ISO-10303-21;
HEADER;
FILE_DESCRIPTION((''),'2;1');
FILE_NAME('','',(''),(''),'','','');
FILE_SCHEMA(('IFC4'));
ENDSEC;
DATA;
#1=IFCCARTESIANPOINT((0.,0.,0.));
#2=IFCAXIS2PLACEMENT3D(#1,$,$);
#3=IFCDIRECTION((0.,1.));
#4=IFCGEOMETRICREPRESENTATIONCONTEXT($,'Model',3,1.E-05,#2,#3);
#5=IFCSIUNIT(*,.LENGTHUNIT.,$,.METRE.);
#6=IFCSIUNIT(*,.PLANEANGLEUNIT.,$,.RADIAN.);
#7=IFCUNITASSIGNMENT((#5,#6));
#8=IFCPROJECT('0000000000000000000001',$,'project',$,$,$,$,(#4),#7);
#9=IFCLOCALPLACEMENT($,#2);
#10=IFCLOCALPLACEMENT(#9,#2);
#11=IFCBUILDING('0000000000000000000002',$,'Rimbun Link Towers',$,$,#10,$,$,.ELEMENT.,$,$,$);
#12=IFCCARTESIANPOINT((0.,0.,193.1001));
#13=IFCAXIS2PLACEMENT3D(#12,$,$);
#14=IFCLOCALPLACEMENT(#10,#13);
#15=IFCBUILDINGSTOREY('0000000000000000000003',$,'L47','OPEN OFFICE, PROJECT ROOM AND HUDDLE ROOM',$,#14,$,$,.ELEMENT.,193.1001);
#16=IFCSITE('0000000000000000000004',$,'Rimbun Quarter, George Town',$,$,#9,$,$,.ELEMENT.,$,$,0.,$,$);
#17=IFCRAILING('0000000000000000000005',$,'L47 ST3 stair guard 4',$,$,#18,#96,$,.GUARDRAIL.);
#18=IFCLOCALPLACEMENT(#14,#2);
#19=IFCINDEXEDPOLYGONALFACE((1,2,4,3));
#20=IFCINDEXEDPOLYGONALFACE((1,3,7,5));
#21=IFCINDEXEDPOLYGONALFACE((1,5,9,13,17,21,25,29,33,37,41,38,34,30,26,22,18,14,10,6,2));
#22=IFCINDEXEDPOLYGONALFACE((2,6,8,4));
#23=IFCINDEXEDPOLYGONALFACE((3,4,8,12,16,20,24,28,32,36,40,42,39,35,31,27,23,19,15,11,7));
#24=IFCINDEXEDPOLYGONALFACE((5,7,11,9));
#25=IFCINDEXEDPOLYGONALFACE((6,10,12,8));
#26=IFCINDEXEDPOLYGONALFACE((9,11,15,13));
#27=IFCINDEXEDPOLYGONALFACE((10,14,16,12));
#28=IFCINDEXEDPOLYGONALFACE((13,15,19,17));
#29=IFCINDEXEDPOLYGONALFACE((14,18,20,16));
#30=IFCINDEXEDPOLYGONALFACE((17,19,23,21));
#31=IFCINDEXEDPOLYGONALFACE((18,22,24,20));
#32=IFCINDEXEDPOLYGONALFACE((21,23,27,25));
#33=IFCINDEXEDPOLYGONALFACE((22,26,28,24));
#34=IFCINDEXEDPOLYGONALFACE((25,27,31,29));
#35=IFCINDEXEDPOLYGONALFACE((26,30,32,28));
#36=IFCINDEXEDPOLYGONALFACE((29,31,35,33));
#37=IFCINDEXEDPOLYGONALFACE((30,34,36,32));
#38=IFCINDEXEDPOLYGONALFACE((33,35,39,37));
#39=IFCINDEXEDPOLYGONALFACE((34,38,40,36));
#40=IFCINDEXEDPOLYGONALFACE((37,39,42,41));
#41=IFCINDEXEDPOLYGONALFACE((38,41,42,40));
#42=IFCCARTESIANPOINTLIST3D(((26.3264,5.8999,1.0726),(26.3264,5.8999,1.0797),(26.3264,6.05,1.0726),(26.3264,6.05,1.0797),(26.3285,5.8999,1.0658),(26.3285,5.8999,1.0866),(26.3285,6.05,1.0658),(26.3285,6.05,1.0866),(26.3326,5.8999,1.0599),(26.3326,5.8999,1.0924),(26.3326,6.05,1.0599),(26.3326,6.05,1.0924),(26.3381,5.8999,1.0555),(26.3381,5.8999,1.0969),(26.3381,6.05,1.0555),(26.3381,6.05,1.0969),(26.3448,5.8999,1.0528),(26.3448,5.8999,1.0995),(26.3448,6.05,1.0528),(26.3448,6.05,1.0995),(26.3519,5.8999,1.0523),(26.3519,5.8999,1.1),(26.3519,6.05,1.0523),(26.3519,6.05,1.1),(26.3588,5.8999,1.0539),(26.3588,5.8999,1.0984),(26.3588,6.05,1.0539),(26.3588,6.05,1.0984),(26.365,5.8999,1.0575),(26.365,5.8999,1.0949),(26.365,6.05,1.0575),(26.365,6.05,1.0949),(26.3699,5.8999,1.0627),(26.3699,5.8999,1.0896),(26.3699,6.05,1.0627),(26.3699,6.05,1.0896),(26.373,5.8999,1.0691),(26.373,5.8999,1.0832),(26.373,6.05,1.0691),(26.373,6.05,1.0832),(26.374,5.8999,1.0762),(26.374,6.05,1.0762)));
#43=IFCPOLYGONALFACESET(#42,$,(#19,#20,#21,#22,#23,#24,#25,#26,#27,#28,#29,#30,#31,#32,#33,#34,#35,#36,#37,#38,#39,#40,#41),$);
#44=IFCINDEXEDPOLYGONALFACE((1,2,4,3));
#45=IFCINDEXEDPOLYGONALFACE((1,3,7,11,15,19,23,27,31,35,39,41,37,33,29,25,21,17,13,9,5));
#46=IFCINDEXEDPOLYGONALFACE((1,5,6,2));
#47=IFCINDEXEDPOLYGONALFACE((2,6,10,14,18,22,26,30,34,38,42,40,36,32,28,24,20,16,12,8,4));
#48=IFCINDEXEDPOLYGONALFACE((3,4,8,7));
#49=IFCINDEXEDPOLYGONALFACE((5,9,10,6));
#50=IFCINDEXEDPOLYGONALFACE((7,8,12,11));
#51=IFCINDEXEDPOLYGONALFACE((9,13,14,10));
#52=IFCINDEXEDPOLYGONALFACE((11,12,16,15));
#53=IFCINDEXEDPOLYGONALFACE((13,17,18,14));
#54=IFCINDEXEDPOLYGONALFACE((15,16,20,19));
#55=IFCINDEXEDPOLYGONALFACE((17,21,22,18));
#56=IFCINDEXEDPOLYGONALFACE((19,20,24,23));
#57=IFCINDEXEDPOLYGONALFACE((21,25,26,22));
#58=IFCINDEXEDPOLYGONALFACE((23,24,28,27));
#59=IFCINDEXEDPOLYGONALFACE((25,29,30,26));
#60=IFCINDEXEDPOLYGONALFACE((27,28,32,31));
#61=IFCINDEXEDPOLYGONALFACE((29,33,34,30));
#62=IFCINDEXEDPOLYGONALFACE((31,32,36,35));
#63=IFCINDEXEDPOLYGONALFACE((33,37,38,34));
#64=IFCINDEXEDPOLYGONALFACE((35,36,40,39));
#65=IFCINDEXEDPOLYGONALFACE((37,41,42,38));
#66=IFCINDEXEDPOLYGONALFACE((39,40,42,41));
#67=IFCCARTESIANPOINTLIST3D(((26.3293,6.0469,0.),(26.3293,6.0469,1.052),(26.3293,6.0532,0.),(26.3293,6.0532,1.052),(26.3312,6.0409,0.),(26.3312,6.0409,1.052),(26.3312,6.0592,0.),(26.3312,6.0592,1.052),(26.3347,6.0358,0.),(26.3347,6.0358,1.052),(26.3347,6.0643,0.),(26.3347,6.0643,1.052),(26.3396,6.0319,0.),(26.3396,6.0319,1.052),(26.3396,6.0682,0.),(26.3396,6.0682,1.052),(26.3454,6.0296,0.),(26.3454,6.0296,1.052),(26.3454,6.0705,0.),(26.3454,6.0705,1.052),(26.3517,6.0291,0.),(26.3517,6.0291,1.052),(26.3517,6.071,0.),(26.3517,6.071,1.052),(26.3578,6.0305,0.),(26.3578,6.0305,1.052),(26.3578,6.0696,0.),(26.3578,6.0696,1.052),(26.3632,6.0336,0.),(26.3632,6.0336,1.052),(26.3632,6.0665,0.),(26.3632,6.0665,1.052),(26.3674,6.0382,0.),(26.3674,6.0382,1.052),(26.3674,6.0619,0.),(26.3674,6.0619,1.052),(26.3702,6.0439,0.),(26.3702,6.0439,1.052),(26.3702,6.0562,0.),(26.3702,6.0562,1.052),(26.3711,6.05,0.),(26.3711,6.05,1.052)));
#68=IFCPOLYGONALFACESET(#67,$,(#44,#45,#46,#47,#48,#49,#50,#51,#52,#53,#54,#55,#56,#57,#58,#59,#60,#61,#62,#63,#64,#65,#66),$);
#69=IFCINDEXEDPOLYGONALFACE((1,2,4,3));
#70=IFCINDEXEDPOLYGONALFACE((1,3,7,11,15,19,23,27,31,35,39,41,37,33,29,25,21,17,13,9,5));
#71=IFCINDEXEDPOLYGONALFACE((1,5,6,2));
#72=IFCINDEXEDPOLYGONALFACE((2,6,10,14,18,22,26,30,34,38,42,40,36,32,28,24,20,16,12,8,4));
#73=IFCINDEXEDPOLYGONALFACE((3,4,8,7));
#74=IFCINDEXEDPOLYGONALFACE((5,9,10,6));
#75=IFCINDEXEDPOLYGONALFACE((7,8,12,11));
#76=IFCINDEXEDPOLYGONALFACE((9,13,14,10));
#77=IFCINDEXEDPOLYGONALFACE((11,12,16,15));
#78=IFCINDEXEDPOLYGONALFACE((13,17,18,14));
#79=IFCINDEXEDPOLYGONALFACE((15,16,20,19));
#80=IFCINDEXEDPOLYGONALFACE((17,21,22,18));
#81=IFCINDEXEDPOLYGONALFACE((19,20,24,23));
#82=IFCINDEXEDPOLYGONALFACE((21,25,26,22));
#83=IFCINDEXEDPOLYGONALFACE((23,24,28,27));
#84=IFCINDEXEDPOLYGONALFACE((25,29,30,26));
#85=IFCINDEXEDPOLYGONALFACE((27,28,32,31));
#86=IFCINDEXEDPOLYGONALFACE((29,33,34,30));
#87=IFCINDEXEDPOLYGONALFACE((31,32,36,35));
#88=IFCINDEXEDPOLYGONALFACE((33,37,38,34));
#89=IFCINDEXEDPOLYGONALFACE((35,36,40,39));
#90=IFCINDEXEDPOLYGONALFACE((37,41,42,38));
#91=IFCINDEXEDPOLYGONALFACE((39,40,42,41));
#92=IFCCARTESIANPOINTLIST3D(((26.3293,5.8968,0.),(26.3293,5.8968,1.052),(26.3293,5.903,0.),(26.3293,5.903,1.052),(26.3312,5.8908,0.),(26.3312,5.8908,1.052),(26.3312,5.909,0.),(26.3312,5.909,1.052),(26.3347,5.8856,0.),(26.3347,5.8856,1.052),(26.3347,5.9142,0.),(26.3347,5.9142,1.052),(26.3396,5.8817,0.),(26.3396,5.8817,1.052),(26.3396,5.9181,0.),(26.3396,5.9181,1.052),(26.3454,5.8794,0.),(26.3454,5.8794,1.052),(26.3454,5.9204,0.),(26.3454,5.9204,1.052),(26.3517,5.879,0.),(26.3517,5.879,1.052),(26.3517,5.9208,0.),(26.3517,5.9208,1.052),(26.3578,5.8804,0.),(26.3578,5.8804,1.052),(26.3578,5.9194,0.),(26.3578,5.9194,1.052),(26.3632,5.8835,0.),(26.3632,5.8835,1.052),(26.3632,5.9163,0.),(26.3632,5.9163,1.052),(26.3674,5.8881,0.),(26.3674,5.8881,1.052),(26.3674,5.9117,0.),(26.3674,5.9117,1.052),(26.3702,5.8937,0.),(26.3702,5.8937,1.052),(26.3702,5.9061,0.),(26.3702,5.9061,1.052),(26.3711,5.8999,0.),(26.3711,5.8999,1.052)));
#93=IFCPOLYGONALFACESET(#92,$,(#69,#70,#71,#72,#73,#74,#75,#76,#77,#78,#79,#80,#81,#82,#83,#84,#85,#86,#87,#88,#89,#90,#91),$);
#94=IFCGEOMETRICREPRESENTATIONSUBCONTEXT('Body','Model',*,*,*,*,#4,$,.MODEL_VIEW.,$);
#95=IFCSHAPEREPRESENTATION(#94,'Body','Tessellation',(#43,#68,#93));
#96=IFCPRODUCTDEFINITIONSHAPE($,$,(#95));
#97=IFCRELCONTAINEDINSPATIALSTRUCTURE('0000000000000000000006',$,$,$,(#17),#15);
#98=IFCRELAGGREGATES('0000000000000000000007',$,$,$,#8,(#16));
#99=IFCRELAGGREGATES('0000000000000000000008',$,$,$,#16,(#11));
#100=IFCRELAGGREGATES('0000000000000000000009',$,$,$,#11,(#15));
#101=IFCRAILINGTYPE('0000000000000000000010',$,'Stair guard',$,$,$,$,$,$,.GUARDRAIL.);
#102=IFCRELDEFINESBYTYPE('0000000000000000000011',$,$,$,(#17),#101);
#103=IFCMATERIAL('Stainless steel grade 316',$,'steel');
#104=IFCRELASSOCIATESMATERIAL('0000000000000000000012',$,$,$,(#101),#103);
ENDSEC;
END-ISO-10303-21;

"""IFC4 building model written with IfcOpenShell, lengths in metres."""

from ifc_helpers import new_model, si_unit, direction, frame, origin, origin_2d, place, context, subcontext, project, spatial, circle, extrude, material, type_object, element, save


model = new_model("IFC4")

# Units and contexts
model_context = context("Model", 3, precision=1e-05, world=origin(), true_north=direction((0.0, 1.0)))
body_context = subcontext(model_context, "Body", "Model", "MODEL_VIEW")
ifc_project = project(units=[si_unit("LENGTHUNIT", "METRE"), si_unit("PLANEANGLEUNIT", "RADIAN")], contexts=[model_context])

# Site, building, storey
site_placement = place(None, origin())
site = spatial("IfcSite", under=ifc_project, at=site_placement, Name="Rimbun Quarter, George Town", CompositionType="ELEMENT", RefElevation=0.0)
building_placement = place(site_placement, origin())
building = spatial("IfcBuilding", under=site, at=building_placement, Name="Rimbun Link Towers", CompositionType="ELEMENT")
storey_placement = place(building_placement, frame((0.0, 0.0, 193.1001)))
storey = spatial("IfcBuildingStorey", under=building, at=storey_placement, Name="L47", Description="OPEN OFFICE, PROJECT ROOM AND HUDDLE ROOM", CompositionType="ELEMENT", Elevation=193.1001)

# Railing
ifc_material_1 = material(Name="Stainless steel grade 316", Category="steel")
railing_type_1 = type_object("IfcRailingType", Name="Stair guard", PredefinedType="GUARDRAIL", material=ifc_material_1)
railing_1_placement = place(storey_placement, frame((26.3501, 6.05, 0.0)))
element("IfcRailing", 1, at=railing_1_placement, inside=storey, type_object=railing_type_1, Name="L47 ST3 stair guard 4", PredefinedType="GUARDRAIL", context=body_context, shape_type="SweptSolid", body=[
    extrude(circle(Radius=0.0239, at=origin_2d()), frame((0.0, 0.0, 1.0762), z_axis=(0.0, -1.0, 0.0), x_axis=(1.0, 0.0, 0.0)), (0.0, 0.0, 1.0), 0.1501),
    extrude(circle(Radius=0.021, at=origin_2d()), origin(), (0.0, 0.0, 1.0), 1.052),
    extrude(circle(Radius=0.021, at=origin_2d()), frame((0.0, -0.1501, 0.0)), (0.0, 0.0, 1.0), 1.052),
])

save(model, "model.ifc")
